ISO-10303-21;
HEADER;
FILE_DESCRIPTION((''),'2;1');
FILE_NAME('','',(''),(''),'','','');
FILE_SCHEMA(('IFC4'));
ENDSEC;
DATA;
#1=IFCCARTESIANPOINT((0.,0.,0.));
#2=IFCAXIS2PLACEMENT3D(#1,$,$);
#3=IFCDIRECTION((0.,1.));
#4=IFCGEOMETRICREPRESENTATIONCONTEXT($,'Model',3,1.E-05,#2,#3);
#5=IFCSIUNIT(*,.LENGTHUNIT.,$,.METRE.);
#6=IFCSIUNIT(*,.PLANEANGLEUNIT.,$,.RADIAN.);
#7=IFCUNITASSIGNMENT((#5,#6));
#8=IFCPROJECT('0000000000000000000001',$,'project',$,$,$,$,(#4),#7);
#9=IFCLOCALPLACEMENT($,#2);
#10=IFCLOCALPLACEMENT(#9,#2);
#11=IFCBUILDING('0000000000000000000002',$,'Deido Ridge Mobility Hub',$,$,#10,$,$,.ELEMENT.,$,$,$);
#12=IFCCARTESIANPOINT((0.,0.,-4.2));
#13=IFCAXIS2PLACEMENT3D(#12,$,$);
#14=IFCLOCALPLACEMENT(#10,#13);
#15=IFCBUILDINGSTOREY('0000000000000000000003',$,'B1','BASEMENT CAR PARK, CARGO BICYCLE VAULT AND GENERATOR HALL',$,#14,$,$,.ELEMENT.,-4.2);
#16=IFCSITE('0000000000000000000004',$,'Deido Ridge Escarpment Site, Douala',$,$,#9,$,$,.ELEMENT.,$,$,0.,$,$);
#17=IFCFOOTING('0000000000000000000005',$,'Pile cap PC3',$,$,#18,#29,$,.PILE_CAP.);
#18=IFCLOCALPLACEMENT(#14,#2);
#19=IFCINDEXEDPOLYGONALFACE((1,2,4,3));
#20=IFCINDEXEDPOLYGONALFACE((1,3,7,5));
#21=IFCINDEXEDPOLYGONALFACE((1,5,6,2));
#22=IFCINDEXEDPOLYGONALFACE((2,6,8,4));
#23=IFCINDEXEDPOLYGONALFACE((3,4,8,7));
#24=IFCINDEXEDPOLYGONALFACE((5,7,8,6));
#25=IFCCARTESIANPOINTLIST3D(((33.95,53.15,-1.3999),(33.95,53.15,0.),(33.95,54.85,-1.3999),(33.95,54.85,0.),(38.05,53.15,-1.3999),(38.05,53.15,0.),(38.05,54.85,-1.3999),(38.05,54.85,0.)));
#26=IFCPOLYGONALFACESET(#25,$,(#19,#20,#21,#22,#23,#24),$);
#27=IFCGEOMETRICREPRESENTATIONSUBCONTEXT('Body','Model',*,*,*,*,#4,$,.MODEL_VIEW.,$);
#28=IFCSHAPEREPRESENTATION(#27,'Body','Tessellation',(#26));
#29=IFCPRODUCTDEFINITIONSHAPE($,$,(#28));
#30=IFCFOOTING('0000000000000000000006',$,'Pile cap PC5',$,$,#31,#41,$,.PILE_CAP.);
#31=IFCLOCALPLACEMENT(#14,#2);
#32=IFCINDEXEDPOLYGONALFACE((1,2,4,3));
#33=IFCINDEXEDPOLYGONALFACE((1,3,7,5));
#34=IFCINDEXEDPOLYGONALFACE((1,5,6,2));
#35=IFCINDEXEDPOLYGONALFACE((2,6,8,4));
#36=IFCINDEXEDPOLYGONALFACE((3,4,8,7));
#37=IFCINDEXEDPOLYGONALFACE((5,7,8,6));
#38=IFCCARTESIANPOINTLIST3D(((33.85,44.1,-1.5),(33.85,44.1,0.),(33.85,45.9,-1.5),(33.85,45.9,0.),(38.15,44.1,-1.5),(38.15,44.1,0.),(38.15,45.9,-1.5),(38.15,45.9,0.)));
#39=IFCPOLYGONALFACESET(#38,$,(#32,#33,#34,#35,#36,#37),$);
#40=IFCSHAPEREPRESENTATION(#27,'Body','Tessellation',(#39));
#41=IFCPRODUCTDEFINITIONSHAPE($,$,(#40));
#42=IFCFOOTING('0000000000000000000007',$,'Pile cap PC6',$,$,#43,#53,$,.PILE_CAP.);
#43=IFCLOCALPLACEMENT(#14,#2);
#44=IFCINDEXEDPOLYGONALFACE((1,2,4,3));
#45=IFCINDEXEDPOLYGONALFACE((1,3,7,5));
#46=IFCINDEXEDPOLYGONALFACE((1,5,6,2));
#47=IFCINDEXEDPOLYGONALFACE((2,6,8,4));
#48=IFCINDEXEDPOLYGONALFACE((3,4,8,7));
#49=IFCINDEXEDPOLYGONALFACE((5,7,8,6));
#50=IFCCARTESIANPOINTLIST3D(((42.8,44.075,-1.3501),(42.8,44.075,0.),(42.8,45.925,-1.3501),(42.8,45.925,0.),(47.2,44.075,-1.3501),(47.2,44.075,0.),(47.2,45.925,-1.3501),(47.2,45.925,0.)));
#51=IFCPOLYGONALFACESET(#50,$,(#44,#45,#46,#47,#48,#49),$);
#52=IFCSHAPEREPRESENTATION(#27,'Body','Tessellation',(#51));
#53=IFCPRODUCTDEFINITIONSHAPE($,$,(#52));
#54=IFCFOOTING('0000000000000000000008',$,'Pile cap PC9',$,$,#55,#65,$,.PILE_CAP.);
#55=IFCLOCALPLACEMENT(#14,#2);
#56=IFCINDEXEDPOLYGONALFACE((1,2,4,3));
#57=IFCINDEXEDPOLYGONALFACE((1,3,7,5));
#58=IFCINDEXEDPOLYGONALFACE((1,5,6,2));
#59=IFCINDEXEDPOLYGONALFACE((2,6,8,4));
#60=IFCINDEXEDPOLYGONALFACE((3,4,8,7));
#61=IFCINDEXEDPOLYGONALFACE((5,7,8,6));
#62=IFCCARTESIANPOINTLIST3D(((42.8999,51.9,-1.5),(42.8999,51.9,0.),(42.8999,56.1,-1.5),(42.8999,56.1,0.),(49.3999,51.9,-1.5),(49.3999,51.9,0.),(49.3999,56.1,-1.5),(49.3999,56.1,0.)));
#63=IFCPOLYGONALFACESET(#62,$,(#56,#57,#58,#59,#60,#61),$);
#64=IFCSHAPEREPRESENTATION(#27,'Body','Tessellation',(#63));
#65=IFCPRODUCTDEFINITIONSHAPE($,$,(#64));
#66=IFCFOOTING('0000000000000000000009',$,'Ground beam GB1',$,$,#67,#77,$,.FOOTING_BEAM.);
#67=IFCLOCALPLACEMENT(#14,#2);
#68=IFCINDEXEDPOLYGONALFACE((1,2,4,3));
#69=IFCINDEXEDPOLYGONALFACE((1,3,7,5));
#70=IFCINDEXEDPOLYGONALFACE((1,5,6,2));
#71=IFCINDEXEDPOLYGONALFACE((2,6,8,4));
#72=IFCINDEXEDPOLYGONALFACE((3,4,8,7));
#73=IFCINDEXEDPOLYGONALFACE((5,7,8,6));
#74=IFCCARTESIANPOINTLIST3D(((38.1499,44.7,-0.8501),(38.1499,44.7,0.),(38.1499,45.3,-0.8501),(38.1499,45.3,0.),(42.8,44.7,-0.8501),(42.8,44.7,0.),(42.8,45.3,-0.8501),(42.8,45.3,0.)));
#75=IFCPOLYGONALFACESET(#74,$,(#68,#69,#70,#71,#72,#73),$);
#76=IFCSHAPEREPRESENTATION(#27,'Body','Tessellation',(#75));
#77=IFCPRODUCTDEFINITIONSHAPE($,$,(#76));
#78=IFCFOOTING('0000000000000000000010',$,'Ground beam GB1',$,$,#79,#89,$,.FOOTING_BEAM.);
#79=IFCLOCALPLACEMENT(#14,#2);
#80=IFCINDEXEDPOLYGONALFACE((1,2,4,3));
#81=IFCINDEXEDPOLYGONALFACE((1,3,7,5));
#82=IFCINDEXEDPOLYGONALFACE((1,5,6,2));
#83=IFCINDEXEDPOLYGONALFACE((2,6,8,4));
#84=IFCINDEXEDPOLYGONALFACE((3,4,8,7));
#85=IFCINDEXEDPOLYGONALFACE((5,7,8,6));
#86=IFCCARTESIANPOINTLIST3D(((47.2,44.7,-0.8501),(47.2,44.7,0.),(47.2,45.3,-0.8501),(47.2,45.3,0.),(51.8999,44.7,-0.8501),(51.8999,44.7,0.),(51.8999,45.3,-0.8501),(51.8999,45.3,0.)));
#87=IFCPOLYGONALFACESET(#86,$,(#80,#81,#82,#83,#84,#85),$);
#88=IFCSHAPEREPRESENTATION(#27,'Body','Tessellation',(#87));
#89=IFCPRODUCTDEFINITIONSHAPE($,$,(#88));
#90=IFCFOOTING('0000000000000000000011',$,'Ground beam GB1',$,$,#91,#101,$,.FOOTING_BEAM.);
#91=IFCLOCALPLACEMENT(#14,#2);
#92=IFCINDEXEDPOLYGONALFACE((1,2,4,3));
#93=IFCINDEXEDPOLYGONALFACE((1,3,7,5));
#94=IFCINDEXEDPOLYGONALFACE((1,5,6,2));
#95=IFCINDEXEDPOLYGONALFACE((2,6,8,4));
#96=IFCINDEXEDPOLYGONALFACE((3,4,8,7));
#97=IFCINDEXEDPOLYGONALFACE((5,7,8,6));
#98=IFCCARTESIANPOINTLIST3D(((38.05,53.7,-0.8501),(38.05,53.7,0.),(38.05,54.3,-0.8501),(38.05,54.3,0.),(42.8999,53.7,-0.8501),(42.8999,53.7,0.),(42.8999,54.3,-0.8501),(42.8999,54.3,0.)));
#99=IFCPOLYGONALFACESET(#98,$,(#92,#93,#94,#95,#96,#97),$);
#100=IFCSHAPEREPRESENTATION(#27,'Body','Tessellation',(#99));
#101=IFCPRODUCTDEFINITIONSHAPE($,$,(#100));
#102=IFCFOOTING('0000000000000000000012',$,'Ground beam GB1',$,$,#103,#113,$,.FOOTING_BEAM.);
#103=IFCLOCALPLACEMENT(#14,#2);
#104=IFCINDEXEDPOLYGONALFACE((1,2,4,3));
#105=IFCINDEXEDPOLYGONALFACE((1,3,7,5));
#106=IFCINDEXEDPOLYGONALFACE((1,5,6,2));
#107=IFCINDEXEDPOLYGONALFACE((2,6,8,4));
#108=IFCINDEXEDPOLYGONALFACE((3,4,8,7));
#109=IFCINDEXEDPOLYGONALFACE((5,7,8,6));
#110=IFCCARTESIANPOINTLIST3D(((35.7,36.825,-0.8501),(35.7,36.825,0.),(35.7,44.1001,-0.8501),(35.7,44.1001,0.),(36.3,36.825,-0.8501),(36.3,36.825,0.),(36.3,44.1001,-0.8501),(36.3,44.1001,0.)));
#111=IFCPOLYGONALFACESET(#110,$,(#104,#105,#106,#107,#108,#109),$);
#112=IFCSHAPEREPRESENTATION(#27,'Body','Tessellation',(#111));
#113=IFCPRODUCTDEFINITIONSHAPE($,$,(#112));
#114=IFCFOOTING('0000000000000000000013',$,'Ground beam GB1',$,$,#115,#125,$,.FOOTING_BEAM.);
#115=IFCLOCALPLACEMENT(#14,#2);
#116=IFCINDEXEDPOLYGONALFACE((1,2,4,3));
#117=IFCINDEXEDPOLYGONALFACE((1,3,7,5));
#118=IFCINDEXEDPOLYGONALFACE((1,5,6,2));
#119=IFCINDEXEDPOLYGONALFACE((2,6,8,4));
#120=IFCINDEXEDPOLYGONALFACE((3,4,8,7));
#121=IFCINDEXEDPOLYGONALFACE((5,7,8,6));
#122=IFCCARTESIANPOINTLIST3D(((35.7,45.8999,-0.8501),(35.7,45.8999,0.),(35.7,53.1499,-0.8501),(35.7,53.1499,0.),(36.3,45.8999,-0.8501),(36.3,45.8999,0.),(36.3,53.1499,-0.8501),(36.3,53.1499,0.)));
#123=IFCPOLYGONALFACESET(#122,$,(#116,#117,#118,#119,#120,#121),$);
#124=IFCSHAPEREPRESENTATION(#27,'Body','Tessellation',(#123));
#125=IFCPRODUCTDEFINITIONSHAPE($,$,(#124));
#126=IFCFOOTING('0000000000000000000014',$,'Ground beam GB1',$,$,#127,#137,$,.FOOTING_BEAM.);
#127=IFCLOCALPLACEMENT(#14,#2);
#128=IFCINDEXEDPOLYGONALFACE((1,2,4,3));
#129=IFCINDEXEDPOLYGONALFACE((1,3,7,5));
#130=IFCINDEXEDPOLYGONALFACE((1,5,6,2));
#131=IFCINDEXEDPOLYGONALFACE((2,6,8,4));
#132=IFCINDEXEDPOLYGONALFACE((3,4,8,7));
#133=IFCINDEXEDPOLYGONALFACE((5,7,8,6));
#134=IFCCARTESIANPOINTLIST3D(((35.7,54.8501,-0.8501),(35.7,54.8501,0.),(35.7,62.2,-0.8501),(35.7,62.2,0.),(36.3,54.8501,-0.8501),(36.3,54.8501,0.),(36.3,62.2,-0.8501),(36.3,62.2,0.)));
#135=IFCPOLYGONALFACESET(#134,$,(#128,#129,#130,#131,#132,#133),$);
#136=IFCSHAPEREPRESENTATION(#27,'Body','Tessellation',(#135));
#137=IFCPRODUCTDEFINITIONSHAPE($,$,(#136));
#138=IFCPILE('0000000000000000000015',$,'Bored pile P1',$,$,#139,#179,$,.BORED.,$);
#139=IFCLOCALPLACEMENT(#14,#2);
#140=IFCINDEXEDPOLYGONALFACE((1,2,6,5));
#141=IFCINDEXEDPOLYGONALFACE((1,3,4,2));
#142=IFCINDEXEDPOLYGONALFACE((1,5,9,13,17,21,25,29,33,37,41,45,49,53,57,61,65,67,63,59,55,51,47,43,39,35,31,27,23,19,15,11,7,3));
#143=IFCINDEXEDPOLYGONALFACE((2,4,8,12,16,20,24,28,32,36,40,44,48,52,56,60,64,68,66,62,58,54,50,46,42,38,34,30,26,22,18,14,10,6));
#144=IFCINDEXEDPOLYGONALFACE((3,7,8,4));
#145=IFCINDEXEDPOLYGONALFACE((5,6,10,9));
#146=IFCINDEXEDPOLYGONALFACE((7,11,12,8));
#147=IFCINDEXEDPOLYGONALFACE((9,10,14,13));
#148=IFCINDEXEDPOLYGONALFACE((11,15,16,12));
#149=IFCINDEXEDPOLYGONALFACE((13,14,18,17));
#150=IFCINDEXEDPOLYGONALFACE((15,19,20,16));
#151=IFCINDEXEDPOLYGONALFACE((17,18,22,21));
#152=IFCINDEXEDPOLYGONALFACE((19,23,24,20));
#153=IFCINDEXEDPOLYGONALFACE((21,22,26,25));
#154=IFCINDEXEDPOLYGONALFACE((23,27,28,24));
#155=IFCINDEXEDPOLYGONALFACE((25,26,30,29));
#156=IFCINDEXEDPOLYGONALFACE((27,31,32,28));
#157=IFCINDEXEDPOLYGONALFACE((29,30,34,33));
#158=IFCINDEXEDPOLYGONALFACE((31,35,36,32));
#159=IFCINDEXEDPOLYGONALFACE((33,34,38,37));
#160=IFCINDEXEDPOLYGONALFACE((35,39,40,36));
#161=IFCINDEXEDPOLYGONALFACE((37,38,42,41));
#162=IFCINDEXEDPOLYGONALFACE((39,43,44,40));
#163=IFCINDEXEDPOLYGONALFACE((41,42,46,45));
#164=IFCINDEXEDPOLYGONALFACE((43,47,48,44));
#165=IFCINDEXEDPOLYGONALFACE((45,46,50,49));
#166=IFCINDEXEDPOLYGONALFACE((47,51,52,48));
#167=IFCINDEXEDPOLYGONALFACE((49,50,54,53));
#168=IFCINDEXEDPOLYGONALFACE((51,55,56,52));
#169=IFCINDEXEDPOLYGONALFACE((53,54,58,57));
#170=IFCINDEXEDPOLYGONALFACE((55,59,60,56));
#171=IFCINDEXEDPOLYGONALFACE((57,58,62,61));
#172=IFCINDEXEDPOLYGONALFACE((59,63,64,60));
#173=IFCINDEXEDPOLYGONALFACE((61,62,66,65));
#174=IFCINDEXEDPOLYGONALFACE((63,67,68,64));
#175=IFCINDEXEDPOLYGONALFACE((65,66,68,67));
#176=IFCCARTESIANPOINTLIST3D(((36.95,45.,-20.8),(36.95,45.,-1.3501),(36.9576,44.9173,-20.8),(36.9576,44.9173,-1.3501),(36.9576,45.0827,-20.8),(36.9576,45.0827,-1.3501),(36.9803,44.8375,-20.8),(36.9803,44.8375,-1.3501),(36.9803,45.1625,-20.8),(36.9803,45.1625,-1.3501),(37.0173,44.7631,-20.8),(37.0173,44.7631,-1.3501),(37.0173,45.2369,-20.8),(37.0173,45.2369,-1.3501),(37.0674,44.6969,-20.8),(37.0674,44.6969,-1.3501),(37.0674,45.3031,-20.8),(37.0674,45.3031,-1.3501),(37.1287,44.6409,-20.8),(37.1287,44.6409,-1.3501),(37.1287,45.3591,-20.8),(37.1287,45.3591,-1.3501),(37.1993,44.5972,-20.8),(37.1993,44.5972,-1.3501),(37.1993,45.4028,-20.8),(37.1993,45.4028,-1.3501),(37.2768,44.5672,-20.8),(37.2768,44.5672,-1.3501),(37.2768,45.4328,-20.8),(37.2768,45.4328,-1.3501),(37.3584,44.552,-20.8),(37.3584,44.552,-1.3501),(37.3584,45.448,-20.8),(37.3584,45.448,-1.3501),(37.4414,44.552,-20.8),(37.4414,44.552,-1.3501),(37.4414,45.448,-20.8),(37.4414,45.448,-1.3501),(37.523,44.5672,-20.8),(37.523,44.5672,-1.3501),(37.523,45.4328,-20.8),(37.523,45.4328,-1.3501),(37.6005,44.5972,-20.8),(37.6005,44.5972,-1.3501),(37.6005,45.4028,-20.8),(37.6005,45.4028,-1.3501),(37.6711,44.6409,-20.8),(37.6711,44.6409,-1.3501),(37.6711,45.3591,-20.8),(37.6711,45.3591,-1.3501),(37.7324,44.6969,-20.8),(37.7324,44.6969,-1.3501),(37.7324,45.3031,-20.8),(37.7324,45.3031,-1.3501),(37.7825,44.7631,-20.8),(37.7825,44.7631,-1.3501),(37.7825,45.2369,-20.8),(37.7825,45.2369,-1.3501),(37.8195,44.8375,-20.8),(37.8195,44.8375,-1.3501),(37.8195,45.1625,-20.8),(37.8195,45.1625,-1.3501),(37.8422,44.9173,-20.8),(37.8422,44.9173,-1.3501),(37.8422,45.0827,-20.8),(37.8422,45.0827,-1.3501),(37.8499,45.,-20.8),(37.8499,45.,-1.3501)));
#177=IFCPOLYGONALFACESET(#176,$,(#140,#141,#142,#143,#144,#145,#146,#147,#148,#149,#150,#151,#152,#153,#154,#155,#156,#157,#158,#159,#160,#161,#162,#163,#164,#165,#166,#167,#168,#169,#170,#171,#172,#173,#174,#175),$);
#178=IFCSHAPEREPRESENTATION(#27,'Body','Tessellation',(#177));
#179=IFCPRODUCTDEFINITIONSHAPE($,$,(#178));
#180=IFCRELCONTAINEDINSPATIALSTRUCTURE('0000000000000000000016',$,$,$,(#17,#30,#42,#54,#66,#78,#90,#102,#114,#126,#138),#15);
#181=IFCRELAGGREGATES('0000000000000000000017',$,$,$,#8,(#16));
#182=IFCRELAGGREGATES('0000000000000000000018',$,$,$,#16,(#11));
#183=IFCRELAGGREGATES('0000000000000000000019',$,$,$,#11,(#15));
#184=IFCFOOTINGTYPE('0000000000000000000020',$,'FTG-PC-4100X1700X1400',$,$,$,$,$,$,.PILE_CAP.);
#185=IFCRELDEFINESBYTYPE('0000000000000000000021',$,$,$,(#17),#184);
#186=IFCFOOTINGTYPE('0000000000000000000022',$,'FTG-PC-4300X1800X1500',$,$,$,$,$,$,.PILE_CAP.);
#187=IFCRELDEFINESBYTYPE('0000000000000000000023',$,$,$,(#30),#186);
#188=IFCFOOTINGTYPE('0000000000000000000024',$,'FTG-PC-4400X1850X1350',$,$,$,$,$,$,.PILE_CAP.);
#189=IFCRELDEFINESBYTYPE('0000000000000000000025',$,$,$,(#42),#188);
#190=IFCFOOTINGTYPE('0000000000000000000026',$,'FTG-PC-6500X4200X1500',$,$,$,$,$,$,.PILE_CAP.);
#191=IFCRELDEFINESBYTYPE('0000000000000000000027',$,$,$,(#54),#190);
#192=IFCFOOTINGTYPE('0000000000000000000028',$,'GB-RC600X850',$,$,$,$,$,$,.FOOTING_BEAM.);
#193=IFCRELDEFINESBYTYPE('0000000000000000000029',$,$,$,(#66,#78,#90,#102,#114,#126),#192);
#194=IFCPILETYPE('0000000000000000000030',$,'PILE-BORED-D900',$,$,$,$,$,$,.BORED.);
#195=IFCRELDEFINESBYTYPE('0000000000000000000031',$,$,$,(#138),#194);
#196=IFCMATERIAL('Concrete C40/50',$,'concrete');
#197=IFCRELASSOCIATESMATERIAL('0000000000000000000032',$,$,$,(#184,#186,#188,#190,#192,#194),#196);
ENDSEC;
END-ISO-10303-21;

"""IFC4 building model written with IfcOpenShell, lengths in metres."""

from ifc_helpers import new_model, si_unit, direction, frame, origin, origin_2d, place, context, subcontext, project, spatial, rectangle, circle, extrude, material, material_profile, profile_set, type_object, element, save


model = new_model("IFC4")

# Units and contexts
model_context = context("Model", 3, precision=1e-05, world=origin(), true_north=direction((0.0, 1.0)))
body_context = subcontext(model_context, "Body", "Model", "MODEL_VIEW")
ifc_project = project(units=[si_unit("LENGTHUNIT", "METRE"), si_unit("PLANEANGLEUNIT", "RADIAN")], contexts=[model_context])

# Site, building, storey
site_placement = place(None, origin())
site = spatial("IfcSite", under=ifc_project, at=site_placement, Name="Deido Ridge Escarpment Site, Douala", CompositionType="ELEMENT", RefElevation=0.0)
building_placement = place(site_placement, origin())
building = spatial("IfcBuilding", under=site, at=building_placement, Name="Deido Ridge Mobility Hub", CompositionType="ELEMENT")
storey_placement = place(building_placement, frame((0.0, 0.0, -4.2)))
storey = spatial("IfcBuildingStorey", under=building, at=storey_placement, Name="B1", Description="BASEMENT CAR PARK, CARGO BICYCLE VAULT AND GENERATOR HALL", CompositionType="ELEMENT", Elevation=-4.2)

# Footings
ifc_material_1 = material(Name="Concrete C40/50", Category="concrete")
footing_type_1 = type_object("IfcFootingType", Name="FTG-PC-4100X1700X1400", PredefinedType="PILE_CAP", material=ifc_material_1)
footing_1_placement = place(storey_placement, frame((36.0, 54.0, -1.3999), z_axis=(0.0, 0.0, 1.0), x_axis=(1.0, 0.0, 0.0)))
element("IfcFooting", 1, at=footing_1_placement, inside=storey, type_object=footing_type_1, Name="Pile cap PC3", PredefinedType="PILE_CAP", context=body_context, shape_type="SweptSolid", body=[
    extrude(rectangle(XDim=4.1001, YDim=1.7, at=origin_2d()), origin(), (0.0, 0.0, 1.0), 1.3999),
])
footing_type_2 = type_object("IfcFootingType", Name="FTG-PC-4300X1800X1500", PredefinedType="PILE_CAP", material=ifc_material_1)
footing_2_placement = place(storey_placement, frame((36.0, 45.0, -1.5), z_axis=(0.0, 0.0, 1.0), x_axis=(1.0, 0.0, 0.0)))
element("IfcFooting", 2, at=footing_2_placement, inside=storey, type_object=footing_type_2, Name="Pile cap PC5", PredefinedType="PILE_CAP", context=body_context, shape_type="SweptSolid", body=[
    extrude(rectangle(XDim=4.3, YDim=1.8, at=origin_2d()), origin(), (0.0, 0.0, 1.0), 1.5),
])
footing_type_3 = type_object("IfcFootingType", Name="FTG-PC-4400X1850X1350", PredefinedType="PILE_CAP", material=ifc_material_1)
footing_3_placement = place(storey_placement, frame((45.0, 45.0, -1.3501), z_axis=(0.0, 0.0, 1.0), x_axis=(1.0, 0.0, 0.0)))
element("IfcFooting", 3, at=footing_3_placement, inside=storey, type_object=footing_type_3, Name="Pile cap PC6", PredefinedType="PILE_CAP", context=body_context, shape_type="SweptSolid", body=[
    extrude(rectangle(XDim=4.3999, YDim=1.8501, at=origin_2d()), origin(), (0.0, 0.0, 1.0), 1.3501),
])
footing_type_4 = type_object("IfcFootingType", Name="FTG-PC-6500X4200X1500", PredefinedType="PILE_CAP", material=ifc_material_1)
footing_4_placement = place(storey_placement, frame((46.1499, 54.0, -1.5), z_axis=(0.0, 0.0, 1.0), x_axis=(1.0, 0.0, 0.0)))
element("IfcFooting", 4, at=footing_4_placement, inside=storey, type_object=footing_type_4, Name="Pile cap PC9", PredefinedType="PILE_CAP", context=body_context, shape_type="SweptSolid", body=[
    extrude(rectangle(XDim=6.5, YDim=4.2, at=origin_2d()), origin(), (0.0, 0.0, 1.0), 1.5),
])
ifc_material_profile_1 = material_profile(ifc_material_1, rectangle(XDim=0.6001, YDim=0.8501, at=origin_2d()), Name="RC GB 600x850")
ifc_profile_set_1 = profile_set([ifc_material_profile_1], Name="Concrete C40/50")
footing_type_5 = type_object("IfcFootingType", Name="GB-RC600X850", PredefinedType="FOOTING_BEAM", material=ifc_profile_set_1)
footing_5_placement = place(storey_placement, frame((38.1499, 45.0, -0.425), z_axis=(1.0, 0.0, 0.0), x_axis=(0.0, 1.0, 0.0)))
element("IfcFooting", 5, at=footing_5_placement, inside=storey, type_object=footing_type_5, Name="Ground beam GB1", PredefinedType="FOOTING_BEAM", context=body_context, shape_type="SweptSolid", body=[
    extrude(rectangle(XDim=0.6001, YDim=0.8501, at=origin_2d()), origin(), (0.0, 0.0, 1.0), 4.6501),
])
footing_6_placement = place(storey_placement, frame((47.2, 45.0, -0.425), z_axis=(1.0, 0.0, 0.0), x_axis=(0.0, 1.0, 0.0)))
element("IfcFooting", 6, at=footing_6_placement, inside=storey, type_object=footing_type_5, Name="Ground beam GB1", PredefinedType="FOOTING_BEAM", context=body_context, shape_type="SweptSolid", body=[
    extrude(rectangle(XDim=0.6001, YDim=0.8501, at=origin_2d()), origin(), (0.0, 0.0, 1.0), 4.7),
])
footing_7_placement = place(storey_placement, frame((38.05, 54.0, -0.425), z_axis=(1.0, 0.0, 0.0), x_axis=(0.0, 1.0, 0.0)))
element("IfcFooting", 7, at=footing_7_placement, inside=storey, type_object=footing_type_5, Name="Ground beam GB1", PredefinedType="FOOTING_BEAM", context=body_context, shape_type="SweptSolid", body=[
    extrude(rectangle(XDim=0.6001, YDim=0.8501, at=origin_2d()), origin(), (0.0, 0.0, 1.0), 4.8499),
])
footing_8_placement = place(storey_placement, frame((36.0, 36.825, -0.425), z_axis=(0.0, 1.0, 0.0), x_axis=(-1.0, 0.0, 0.0)))
element("IfcFooting", 8, at=footing_8_placement, inside=storey, type_object=footing_type_5, Name="Ground beam GB1", PredefinedType="FOOTING_BEAM", context=body_context, shape_type="SweptSolid", body=[
    extrude(rectangle(XDim=0.6001, YDim=0.8501, at=origin_2d()), origin(), (0.0, 0.0, 1.0), 7.2751),
])
footing_9_placement = place(storey_placement, frame((36.0, 45.8999, -0.425), z_axis=(0.0, 1.0, 0.0), x_axis=(-1.0, 0.0, 0.0)))
element("IfcFooting", 9, at=footing_9_placement, inside=storey, type_object=footing_type_5, Name="Ground beam GB1", PredefinedType="FOOTING_BEAM", context=body_context, shape_type="SweptSolid", body=[
    extrude(rectangle(XDim=0.6001, YDim=0.8501, at=origin_2d()), origin(), (0.0, 0.0, 1.0), 7.25),
])
footing_10_placement = place(storey_placement, frame((36.0, 54.8501, -0.425), z_axis=(0.0, 1.0, 0.0), x_axis=(-1.0, 0.0, 0.0)))
element("IfcFooting", 10, at=footing_10_placement, inside=storey, type_object=footing_type_5, Name="Ground beam GB1", PredefinedType="FOOTING_BEAM", context=body_context, shape_type="SweptSolid", body=[
    extrude(rectangle(XDim=0.6001, YDim=0.8501, at=origin_2d()), origin(), (0.0, 0.0, 1.0), 7.3499),
])

# Pile
ifc_material_profile_2 = material_profile(ifc_material_1, circle(Radius=0.45, at=origin_2d()), Name="BORED PILE D900")
ifc_profile_set_2 = profile_set([ifc_material_profile_2], Name="Concrete C40/50")
pile_type = type_object("IfcPileType", Name="PILE-BORED-D900", PredefinedType="BORED", material=ifc_profile_set_2)
pile_1_placement = place(storey_placement, frame((37.3999, 45.0, -1.3501), z_axis=(0.0, 0.0, -1.0), x_axis=(1.0, 0.0, 0.0)))
element("IfcPile", 11, at=pile_1_placement, inside=storey, type_object=pile_type, Name="Bored pile P1", PredefinedType="BORED", context=body_context, shape_type="SweptSolid", body=[
    extrude(circle(Radius=0.45, at=origin_2d()), origin(), (0.0, 0.0, 1.0), 19.45),
])

save(model, "model.ifc")
